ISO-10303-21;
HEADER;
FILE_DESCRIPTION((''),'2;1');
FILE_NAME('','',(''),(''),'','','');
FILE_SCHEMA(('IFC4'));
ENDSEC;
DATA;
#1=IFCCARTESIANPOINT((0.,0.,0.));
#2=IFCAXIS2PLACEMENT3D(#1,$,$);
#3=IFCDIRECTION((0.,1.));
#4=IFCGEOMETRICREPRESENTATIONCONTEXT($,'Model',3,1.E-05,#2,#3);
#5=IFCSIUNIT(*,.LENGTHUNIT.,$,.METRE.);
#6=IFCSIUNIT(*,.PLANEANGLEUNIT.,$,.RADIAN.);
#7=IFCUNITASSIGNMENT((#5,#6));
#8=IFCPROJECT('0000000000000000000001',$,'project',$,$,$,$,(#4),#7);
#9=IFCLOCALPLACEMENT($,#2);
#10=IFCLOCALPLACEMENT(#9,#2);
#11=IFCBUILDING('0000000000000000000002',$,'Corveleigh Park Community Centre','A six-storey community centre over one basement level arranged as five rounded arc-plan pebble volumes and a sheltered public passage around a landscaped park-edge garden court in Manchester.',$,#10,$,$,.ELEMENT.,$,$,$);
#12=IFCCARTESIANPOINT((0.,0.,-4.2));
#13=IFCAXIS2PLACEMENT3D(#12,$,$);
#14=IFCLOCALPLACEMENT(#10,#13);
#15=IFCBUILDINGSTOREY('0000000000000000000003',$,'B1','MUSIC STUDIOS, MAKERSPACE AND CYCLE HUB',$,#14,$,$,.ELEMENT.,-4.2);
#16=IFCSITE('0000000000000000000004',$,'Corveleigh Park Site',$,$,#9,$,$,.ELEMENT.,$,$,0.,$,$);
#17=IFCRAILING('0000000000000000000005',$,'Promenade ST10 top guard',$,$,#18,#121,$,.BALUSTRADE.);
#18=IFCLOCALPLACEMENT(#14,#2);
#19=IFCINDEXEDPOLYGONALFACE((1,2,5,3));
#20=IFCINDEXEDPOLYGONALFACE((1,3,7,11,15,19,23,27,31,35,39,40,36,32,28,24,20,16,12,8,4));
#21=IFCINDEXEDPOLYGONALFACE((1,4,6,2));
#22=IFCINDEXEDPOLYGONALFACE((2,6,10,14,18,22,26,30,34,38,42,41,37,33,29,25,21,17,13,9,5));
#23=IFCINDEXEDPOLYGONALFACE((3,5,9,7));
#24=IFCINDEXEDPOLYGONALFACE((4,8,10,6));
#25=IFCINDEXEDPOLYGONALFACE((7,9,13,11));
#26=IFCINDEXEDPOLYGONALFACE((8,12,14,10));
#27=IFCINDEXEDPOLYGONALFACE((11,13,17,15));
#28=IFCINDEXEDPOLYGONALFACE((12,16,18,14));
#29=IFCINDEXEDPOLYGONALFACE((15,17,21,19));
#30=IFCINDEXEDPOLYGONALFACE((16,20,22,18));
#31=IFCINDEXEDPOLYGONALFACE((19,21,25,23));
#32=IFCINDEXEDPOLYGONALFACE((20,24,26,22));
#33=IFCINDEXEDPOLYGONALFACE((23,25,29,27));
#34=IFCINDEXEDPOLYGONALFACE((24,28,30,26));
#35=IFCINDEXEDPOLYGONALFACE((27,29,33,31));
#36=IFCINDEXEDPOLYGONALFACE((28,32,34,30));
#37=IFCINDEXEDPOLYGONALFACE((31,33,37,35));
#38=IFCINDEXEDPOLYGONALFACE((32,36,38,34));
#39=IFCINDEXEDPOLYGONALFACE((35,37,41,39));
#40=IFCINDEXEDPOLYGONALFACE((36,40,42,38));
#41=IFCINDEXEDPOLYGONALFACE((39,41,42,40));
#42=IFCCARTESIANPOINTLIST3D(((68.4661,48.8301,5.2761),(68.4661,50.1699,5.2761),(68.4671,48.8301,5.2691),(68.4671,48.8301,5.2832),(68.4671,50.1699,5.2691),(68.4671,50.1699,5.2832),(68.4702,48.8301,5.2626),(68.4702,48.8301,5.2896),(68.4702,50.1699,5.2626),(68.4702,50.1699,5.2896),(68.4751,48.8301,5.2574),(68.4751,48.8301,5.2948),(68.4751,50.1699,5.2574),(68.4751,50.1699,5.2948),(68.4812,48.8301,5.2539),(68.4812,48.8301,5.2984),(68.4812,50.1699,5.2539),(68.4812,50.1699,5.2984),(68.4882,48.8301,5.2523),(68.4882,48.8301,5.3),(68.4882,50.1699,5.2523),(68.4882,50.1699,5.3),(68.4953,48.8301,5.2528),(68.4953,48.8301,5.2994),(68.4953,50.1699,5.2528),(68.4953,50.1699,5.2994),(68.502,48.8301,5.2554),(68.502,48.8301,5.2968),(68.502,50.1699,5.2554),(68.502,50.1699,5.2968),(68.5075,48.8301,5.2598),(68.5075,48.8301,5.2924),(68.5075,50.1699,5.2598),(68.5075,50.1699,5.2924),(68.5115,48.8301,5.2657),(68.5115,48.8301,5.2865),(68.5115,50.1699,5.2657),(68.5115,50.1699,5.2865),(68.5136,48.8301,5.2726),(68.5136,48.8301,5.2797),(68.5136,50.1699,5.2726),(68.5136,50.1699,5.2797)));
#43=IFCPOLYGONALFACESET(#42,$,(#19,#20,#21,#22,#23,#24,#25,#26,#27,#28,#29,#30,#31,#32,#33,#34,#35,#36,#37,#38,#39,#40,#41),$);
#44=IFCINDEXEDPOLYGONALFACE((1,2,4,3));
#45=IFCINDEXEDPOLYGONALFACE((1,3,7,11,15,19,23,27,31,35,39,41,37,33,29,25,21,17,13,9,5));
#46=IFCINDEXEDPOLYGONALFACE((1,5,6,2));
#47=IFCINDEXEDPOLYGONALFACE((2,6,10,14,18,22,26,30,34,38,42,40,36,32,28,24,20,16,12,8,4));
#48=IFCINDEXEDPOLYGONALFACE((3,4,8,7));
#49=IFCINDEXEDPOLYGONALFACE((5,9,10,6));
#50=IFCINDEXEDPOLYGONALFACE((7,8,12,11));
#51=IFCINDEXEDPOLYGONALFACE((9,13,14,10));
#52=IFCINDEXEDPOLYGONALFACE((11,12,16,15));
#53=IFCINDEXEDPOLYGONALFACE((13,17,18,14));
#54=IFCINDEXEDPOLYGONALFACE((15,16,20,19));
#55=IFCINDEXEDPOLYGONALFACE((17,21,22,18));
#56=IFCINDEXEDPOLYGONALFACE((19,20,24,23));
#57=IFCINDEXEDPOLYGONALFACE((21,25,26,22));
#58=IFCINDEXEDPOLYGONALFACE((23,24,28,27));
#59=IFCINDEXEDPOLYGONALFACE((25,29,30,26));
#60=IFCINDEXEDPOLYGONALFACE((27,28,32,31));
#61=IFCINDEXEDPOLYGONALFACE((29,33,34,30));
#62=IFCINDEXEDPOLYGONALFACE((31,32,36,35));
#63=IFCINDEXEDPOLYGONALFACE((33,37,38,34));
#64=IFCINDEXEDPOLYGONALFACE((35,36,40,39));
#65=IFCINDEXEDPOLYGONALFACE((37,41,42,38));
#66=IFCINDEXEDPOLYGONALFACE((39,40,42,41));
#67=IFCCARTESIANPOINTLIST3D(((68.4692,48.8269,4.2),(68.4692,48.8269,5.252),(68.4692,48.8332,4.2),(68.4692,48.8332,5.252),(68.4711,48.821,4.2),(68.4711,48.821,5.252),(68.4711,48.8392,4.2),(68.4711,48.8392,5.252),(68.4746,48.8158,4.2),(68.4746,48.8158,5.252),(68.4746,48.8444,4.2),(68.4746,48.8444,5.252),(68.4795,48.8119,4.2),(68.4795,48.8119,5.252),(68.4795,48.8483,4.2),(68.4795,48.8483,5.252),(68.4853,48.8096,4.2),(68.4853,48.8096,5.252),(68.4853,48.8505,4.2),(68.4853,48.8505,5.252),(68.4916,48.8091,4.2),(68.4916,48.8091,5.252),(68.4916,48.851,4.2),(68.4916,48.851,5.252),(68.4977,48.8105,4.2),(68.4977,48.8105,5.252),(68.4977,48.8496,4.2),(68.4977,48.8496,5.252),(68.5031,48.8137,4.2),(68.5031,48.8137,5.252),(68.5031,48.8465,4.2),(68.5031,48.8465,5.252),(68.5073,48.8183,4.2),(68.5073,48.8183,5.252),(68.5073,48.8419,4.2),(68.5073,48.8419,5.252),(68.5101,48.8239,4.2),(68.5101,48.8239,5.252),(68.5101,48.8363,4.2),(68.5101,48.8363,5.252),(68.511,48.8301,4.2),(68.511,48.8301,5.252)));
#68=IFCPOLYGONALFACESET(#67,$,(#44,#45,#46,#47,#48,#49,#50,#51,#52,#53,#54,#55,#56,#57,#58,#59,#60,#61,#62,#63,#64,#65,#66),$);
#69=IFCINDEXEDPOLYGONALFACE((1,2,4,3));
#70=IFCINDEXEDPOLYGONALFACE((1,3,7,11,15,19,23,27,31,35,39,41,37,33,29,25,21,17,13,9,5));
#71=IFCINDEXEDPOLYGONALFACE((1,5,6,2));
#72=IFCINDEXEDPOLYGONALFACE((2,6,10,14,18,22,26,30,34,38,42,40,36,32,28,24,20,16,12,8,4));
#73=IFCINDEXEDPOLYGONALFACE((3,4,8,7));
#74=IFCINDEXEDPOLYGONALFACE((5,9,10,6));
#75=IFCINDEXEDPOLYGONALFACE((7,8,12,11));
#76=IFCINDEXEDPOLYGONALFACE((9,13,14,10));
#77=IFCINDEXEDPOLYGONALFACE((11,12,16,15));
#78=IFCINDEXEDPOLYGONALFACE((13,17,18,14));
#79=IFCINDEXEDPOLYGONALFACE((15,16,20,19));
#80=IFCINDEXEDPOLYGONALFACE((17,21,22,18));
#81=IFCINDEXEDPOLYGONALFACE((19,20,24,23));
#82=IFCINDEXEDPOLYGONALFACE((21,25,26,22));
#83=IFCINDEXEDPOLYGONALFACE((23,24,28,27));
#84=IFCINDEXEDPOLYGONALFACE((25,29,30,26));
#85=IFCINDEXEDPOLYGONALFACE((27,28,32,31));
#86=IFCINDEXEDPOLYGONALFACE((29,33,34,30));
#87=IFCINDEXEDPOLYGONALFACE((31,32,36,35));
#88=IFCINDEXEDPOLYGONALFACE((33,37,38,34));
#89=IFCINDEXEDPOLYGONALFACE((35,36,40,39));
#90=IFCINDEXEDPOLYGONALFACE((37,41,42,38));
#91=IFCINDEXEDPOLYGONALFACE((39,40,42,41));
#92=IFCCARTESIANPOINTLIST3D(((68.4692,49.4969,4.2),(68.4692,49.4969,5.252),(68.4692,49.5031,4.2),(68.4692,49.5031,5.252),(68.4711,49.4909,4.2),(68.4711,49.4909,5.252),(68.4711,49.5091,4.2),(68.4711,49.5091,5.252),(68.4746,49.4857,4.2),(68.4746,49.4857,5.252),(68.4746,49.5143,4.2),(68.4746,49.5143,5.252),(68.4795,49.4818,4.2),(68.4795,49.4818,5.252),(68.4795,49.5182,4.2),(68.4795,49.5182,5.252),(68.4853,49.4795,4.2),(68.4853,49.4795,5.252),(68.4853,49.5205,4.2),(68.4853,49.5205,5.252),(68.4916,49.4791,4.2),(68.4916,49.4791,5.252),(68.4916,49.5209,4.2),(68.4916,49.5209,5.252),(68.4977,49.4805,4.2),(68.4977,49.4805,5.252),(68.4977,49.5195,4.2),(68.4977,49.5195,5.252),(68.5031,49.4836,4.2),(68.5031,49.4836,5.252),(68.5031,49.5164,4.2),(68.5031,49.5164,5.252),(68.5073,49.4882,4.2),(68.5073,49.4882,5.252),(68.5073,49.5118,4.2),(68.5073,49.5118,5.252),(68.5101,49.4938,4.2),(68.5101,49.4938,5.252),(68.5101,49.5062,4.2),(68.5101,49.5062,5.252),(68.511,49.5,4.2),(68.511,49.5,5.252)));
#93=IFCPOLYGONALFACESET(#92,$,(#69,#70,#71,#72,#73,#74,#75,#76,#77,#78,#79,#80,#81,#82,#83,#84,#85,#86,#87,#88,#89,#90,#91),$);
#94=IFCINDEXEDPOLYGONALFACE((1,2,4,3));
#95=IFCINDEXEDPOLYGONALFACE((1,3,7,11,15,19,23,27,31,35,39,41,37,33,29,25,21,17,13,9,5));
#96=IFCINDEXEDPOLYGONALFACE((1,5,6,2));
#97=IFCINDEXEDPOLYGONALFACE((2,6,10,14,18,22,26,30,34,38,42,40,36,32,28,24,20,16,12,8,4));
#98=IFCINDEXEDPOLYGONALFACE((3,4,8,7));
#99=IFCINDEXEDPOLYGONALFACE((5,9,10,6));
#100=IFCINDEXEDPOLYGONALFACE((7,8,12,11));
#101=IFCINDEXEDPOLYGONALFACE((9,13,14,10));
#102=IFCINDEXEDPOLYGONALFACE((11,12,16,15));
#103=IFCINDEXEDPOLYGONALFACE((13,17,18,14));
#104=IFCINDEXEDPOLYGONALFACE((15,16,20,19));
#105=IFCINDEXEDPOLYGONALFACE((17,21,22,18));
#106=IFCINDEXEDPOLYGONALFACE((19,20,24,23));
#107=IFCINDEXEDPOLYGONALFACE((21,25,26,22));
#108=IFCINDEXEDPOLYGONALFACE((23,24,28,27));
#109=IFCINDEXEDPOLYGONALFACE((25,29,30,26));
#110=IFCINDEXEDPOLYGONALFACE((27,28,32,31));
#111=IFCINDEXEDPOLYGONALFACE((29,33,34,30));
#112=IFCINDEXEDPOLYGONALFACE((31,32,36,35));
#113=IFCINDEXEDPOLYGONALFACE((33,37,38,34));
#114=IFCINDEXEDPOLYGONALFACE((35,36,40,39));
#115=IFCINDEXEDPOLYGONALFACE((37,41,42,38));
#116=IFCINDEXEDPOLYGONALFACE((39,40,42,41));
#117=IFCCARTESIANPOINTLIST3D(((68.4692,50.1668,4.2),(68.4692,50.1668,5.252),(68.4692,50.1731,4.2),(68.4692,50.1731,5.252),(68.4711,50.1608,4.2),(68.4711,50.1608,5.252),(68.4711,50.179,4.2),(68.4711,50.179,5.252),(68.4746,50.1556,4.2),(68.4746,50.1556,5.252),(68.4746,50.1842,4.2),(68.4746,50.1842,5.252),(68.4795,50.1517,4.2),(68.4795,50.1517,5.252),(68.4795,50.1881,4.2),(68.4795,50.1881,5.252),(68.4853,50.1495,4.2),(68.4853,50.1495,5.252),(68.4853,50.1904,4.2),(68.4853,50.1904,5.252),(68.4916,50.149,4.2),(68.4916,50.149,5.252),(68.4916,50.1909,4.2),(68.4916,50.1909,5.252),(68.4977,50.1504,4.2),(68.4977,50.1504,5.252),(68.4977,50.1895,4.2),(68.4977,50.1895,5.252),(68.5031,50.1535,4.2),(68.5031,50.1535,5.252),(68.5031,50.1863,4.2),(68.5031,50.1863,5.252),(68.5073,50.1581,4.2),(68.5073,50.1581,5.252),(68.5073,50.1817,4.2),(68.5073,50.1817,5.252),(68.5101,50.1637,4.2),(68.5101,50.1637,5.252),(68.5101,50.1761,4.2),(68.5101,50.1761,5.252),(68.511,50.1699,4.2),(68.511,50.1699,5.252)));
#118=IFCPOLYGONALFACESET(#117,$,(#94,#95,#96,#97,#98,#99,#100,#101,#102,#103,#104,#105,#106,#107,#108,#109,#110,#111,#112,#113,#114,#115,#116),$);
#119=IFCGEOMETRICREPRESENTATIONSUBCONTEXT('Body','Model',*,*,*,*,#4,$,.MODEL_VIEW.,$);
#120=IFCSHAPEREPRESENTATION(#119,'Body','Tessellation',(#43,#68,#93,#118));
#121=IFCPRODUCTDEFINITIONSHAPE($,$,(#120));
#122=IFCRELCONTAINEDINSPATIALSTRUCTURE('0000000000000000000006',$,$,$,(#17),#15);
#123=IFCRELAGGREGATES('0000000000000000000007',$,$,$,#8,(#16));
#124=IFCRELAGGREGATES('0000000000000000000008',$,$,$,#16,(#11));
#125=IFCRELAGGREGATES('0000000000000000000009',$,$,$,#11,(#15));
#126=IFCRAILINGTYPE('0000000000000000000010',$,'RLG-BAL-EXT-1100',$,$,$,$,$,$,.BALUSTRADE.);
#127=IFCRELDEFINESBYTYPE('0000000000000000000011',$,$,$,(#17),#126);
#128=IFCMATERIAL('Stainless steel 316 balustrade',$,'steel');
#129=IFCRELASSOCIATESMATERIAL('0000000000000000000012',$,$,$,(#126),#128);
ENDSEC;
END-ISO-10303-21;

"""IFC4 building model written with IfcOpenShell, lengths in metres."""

from ifc_helpers import new_model, si_unit, direction, frame, origin, origin_2d, place, context, subcontext, project, spatial, circle, extrude, material, type_object, element, save


model = new_model("IFC4")

# Units and contexts
model_context = context("Model", 3, precision=1e-05, world=origin(), true_north=direction((0.0, 1.0)))
body_context = subcontext(model_context, "Body", "Model", "MODEL_VIEW")
ifc_project = project(units=[si_unit("LENGTHUNIT", "METRE"), si_unit("PLANEANGLEUNIT", "RADIAN")], contexts=[model_context])

# Site, building, storey
site_placement = place(None, origin())
site = spatial("IfcSite", under=ifc_project, at=site_placement, Name="Corveleigh Park Site", CompositionType="ELEMENT", RefElevation=0.0)
building_placement = place(site_placement, origin())
building = spatial("IfcBuilding", under=site, at=building_placement, Name="Corveleigh Park Community Centre", Description="A six-storey community centre over one basement level arranged as five rounded arc-plan pebble volumes and a sheltered public passage around a landscaped park-edge garden court in Manchester.", CompositionType="ELEMENT")
storey_placement = place(building_placement, frame((0.0, 0.0, -4.2)))
storey = spatial("IfcBuildingStorey", under=building, at=storey_placement, Name="B1", Description="MUSIC STUDIOS, MAKERSPACE AND CYCLE HUB", CompositionType="ELEMENT", Elevation=-4.2)

# Railing
ifc_material_1 = material(Name="Stainless steel 316 balustrade", Category="steel")
railing_type = type_object("IfcRailingType", Name="RLG-BAL-EXT-1100", PredefinedType="BALUSTRADE", material=ifc_material_1)
railing_placement = place(storey_placement, frame((68.49, 48.8301, 4.2)))
element("IfcRailing", 1, at=railing_placement, inside=storey, type_object=railing_type, Name="Promenade ST10 top guard", PredefinedType="BALUSTRADE", context=body_context, shape_type="SweptSolid", body=[
    extrude(circle(Radius=0.0239, at=origin_2d()), frame((0.0, 0.0, 1.0762), z_axis=(0.0, 1.0, 0.0), x_axis=(-1.0, 0.0, 0.0)), (0.0, 0.0, 1.0), 1.3398),
    extrude(circle(Radius=0.021, at=origin_2d()), origin(), (0.0, 0.0, 1.0), 1.052),
    extrude(circle(Radius=0.021, at=origin_2d()), frame((0.0, 0.6699, 0.0)), (0.0, 0.0, 1.0), 1.052),
    extrude(circle(Radius=0.021, at=origin_2d()), frame((0.0, 1.3398, 0.0)), (0.0, 0.0, 1.0), 1.052),
])

save(model, "model.ifc")
